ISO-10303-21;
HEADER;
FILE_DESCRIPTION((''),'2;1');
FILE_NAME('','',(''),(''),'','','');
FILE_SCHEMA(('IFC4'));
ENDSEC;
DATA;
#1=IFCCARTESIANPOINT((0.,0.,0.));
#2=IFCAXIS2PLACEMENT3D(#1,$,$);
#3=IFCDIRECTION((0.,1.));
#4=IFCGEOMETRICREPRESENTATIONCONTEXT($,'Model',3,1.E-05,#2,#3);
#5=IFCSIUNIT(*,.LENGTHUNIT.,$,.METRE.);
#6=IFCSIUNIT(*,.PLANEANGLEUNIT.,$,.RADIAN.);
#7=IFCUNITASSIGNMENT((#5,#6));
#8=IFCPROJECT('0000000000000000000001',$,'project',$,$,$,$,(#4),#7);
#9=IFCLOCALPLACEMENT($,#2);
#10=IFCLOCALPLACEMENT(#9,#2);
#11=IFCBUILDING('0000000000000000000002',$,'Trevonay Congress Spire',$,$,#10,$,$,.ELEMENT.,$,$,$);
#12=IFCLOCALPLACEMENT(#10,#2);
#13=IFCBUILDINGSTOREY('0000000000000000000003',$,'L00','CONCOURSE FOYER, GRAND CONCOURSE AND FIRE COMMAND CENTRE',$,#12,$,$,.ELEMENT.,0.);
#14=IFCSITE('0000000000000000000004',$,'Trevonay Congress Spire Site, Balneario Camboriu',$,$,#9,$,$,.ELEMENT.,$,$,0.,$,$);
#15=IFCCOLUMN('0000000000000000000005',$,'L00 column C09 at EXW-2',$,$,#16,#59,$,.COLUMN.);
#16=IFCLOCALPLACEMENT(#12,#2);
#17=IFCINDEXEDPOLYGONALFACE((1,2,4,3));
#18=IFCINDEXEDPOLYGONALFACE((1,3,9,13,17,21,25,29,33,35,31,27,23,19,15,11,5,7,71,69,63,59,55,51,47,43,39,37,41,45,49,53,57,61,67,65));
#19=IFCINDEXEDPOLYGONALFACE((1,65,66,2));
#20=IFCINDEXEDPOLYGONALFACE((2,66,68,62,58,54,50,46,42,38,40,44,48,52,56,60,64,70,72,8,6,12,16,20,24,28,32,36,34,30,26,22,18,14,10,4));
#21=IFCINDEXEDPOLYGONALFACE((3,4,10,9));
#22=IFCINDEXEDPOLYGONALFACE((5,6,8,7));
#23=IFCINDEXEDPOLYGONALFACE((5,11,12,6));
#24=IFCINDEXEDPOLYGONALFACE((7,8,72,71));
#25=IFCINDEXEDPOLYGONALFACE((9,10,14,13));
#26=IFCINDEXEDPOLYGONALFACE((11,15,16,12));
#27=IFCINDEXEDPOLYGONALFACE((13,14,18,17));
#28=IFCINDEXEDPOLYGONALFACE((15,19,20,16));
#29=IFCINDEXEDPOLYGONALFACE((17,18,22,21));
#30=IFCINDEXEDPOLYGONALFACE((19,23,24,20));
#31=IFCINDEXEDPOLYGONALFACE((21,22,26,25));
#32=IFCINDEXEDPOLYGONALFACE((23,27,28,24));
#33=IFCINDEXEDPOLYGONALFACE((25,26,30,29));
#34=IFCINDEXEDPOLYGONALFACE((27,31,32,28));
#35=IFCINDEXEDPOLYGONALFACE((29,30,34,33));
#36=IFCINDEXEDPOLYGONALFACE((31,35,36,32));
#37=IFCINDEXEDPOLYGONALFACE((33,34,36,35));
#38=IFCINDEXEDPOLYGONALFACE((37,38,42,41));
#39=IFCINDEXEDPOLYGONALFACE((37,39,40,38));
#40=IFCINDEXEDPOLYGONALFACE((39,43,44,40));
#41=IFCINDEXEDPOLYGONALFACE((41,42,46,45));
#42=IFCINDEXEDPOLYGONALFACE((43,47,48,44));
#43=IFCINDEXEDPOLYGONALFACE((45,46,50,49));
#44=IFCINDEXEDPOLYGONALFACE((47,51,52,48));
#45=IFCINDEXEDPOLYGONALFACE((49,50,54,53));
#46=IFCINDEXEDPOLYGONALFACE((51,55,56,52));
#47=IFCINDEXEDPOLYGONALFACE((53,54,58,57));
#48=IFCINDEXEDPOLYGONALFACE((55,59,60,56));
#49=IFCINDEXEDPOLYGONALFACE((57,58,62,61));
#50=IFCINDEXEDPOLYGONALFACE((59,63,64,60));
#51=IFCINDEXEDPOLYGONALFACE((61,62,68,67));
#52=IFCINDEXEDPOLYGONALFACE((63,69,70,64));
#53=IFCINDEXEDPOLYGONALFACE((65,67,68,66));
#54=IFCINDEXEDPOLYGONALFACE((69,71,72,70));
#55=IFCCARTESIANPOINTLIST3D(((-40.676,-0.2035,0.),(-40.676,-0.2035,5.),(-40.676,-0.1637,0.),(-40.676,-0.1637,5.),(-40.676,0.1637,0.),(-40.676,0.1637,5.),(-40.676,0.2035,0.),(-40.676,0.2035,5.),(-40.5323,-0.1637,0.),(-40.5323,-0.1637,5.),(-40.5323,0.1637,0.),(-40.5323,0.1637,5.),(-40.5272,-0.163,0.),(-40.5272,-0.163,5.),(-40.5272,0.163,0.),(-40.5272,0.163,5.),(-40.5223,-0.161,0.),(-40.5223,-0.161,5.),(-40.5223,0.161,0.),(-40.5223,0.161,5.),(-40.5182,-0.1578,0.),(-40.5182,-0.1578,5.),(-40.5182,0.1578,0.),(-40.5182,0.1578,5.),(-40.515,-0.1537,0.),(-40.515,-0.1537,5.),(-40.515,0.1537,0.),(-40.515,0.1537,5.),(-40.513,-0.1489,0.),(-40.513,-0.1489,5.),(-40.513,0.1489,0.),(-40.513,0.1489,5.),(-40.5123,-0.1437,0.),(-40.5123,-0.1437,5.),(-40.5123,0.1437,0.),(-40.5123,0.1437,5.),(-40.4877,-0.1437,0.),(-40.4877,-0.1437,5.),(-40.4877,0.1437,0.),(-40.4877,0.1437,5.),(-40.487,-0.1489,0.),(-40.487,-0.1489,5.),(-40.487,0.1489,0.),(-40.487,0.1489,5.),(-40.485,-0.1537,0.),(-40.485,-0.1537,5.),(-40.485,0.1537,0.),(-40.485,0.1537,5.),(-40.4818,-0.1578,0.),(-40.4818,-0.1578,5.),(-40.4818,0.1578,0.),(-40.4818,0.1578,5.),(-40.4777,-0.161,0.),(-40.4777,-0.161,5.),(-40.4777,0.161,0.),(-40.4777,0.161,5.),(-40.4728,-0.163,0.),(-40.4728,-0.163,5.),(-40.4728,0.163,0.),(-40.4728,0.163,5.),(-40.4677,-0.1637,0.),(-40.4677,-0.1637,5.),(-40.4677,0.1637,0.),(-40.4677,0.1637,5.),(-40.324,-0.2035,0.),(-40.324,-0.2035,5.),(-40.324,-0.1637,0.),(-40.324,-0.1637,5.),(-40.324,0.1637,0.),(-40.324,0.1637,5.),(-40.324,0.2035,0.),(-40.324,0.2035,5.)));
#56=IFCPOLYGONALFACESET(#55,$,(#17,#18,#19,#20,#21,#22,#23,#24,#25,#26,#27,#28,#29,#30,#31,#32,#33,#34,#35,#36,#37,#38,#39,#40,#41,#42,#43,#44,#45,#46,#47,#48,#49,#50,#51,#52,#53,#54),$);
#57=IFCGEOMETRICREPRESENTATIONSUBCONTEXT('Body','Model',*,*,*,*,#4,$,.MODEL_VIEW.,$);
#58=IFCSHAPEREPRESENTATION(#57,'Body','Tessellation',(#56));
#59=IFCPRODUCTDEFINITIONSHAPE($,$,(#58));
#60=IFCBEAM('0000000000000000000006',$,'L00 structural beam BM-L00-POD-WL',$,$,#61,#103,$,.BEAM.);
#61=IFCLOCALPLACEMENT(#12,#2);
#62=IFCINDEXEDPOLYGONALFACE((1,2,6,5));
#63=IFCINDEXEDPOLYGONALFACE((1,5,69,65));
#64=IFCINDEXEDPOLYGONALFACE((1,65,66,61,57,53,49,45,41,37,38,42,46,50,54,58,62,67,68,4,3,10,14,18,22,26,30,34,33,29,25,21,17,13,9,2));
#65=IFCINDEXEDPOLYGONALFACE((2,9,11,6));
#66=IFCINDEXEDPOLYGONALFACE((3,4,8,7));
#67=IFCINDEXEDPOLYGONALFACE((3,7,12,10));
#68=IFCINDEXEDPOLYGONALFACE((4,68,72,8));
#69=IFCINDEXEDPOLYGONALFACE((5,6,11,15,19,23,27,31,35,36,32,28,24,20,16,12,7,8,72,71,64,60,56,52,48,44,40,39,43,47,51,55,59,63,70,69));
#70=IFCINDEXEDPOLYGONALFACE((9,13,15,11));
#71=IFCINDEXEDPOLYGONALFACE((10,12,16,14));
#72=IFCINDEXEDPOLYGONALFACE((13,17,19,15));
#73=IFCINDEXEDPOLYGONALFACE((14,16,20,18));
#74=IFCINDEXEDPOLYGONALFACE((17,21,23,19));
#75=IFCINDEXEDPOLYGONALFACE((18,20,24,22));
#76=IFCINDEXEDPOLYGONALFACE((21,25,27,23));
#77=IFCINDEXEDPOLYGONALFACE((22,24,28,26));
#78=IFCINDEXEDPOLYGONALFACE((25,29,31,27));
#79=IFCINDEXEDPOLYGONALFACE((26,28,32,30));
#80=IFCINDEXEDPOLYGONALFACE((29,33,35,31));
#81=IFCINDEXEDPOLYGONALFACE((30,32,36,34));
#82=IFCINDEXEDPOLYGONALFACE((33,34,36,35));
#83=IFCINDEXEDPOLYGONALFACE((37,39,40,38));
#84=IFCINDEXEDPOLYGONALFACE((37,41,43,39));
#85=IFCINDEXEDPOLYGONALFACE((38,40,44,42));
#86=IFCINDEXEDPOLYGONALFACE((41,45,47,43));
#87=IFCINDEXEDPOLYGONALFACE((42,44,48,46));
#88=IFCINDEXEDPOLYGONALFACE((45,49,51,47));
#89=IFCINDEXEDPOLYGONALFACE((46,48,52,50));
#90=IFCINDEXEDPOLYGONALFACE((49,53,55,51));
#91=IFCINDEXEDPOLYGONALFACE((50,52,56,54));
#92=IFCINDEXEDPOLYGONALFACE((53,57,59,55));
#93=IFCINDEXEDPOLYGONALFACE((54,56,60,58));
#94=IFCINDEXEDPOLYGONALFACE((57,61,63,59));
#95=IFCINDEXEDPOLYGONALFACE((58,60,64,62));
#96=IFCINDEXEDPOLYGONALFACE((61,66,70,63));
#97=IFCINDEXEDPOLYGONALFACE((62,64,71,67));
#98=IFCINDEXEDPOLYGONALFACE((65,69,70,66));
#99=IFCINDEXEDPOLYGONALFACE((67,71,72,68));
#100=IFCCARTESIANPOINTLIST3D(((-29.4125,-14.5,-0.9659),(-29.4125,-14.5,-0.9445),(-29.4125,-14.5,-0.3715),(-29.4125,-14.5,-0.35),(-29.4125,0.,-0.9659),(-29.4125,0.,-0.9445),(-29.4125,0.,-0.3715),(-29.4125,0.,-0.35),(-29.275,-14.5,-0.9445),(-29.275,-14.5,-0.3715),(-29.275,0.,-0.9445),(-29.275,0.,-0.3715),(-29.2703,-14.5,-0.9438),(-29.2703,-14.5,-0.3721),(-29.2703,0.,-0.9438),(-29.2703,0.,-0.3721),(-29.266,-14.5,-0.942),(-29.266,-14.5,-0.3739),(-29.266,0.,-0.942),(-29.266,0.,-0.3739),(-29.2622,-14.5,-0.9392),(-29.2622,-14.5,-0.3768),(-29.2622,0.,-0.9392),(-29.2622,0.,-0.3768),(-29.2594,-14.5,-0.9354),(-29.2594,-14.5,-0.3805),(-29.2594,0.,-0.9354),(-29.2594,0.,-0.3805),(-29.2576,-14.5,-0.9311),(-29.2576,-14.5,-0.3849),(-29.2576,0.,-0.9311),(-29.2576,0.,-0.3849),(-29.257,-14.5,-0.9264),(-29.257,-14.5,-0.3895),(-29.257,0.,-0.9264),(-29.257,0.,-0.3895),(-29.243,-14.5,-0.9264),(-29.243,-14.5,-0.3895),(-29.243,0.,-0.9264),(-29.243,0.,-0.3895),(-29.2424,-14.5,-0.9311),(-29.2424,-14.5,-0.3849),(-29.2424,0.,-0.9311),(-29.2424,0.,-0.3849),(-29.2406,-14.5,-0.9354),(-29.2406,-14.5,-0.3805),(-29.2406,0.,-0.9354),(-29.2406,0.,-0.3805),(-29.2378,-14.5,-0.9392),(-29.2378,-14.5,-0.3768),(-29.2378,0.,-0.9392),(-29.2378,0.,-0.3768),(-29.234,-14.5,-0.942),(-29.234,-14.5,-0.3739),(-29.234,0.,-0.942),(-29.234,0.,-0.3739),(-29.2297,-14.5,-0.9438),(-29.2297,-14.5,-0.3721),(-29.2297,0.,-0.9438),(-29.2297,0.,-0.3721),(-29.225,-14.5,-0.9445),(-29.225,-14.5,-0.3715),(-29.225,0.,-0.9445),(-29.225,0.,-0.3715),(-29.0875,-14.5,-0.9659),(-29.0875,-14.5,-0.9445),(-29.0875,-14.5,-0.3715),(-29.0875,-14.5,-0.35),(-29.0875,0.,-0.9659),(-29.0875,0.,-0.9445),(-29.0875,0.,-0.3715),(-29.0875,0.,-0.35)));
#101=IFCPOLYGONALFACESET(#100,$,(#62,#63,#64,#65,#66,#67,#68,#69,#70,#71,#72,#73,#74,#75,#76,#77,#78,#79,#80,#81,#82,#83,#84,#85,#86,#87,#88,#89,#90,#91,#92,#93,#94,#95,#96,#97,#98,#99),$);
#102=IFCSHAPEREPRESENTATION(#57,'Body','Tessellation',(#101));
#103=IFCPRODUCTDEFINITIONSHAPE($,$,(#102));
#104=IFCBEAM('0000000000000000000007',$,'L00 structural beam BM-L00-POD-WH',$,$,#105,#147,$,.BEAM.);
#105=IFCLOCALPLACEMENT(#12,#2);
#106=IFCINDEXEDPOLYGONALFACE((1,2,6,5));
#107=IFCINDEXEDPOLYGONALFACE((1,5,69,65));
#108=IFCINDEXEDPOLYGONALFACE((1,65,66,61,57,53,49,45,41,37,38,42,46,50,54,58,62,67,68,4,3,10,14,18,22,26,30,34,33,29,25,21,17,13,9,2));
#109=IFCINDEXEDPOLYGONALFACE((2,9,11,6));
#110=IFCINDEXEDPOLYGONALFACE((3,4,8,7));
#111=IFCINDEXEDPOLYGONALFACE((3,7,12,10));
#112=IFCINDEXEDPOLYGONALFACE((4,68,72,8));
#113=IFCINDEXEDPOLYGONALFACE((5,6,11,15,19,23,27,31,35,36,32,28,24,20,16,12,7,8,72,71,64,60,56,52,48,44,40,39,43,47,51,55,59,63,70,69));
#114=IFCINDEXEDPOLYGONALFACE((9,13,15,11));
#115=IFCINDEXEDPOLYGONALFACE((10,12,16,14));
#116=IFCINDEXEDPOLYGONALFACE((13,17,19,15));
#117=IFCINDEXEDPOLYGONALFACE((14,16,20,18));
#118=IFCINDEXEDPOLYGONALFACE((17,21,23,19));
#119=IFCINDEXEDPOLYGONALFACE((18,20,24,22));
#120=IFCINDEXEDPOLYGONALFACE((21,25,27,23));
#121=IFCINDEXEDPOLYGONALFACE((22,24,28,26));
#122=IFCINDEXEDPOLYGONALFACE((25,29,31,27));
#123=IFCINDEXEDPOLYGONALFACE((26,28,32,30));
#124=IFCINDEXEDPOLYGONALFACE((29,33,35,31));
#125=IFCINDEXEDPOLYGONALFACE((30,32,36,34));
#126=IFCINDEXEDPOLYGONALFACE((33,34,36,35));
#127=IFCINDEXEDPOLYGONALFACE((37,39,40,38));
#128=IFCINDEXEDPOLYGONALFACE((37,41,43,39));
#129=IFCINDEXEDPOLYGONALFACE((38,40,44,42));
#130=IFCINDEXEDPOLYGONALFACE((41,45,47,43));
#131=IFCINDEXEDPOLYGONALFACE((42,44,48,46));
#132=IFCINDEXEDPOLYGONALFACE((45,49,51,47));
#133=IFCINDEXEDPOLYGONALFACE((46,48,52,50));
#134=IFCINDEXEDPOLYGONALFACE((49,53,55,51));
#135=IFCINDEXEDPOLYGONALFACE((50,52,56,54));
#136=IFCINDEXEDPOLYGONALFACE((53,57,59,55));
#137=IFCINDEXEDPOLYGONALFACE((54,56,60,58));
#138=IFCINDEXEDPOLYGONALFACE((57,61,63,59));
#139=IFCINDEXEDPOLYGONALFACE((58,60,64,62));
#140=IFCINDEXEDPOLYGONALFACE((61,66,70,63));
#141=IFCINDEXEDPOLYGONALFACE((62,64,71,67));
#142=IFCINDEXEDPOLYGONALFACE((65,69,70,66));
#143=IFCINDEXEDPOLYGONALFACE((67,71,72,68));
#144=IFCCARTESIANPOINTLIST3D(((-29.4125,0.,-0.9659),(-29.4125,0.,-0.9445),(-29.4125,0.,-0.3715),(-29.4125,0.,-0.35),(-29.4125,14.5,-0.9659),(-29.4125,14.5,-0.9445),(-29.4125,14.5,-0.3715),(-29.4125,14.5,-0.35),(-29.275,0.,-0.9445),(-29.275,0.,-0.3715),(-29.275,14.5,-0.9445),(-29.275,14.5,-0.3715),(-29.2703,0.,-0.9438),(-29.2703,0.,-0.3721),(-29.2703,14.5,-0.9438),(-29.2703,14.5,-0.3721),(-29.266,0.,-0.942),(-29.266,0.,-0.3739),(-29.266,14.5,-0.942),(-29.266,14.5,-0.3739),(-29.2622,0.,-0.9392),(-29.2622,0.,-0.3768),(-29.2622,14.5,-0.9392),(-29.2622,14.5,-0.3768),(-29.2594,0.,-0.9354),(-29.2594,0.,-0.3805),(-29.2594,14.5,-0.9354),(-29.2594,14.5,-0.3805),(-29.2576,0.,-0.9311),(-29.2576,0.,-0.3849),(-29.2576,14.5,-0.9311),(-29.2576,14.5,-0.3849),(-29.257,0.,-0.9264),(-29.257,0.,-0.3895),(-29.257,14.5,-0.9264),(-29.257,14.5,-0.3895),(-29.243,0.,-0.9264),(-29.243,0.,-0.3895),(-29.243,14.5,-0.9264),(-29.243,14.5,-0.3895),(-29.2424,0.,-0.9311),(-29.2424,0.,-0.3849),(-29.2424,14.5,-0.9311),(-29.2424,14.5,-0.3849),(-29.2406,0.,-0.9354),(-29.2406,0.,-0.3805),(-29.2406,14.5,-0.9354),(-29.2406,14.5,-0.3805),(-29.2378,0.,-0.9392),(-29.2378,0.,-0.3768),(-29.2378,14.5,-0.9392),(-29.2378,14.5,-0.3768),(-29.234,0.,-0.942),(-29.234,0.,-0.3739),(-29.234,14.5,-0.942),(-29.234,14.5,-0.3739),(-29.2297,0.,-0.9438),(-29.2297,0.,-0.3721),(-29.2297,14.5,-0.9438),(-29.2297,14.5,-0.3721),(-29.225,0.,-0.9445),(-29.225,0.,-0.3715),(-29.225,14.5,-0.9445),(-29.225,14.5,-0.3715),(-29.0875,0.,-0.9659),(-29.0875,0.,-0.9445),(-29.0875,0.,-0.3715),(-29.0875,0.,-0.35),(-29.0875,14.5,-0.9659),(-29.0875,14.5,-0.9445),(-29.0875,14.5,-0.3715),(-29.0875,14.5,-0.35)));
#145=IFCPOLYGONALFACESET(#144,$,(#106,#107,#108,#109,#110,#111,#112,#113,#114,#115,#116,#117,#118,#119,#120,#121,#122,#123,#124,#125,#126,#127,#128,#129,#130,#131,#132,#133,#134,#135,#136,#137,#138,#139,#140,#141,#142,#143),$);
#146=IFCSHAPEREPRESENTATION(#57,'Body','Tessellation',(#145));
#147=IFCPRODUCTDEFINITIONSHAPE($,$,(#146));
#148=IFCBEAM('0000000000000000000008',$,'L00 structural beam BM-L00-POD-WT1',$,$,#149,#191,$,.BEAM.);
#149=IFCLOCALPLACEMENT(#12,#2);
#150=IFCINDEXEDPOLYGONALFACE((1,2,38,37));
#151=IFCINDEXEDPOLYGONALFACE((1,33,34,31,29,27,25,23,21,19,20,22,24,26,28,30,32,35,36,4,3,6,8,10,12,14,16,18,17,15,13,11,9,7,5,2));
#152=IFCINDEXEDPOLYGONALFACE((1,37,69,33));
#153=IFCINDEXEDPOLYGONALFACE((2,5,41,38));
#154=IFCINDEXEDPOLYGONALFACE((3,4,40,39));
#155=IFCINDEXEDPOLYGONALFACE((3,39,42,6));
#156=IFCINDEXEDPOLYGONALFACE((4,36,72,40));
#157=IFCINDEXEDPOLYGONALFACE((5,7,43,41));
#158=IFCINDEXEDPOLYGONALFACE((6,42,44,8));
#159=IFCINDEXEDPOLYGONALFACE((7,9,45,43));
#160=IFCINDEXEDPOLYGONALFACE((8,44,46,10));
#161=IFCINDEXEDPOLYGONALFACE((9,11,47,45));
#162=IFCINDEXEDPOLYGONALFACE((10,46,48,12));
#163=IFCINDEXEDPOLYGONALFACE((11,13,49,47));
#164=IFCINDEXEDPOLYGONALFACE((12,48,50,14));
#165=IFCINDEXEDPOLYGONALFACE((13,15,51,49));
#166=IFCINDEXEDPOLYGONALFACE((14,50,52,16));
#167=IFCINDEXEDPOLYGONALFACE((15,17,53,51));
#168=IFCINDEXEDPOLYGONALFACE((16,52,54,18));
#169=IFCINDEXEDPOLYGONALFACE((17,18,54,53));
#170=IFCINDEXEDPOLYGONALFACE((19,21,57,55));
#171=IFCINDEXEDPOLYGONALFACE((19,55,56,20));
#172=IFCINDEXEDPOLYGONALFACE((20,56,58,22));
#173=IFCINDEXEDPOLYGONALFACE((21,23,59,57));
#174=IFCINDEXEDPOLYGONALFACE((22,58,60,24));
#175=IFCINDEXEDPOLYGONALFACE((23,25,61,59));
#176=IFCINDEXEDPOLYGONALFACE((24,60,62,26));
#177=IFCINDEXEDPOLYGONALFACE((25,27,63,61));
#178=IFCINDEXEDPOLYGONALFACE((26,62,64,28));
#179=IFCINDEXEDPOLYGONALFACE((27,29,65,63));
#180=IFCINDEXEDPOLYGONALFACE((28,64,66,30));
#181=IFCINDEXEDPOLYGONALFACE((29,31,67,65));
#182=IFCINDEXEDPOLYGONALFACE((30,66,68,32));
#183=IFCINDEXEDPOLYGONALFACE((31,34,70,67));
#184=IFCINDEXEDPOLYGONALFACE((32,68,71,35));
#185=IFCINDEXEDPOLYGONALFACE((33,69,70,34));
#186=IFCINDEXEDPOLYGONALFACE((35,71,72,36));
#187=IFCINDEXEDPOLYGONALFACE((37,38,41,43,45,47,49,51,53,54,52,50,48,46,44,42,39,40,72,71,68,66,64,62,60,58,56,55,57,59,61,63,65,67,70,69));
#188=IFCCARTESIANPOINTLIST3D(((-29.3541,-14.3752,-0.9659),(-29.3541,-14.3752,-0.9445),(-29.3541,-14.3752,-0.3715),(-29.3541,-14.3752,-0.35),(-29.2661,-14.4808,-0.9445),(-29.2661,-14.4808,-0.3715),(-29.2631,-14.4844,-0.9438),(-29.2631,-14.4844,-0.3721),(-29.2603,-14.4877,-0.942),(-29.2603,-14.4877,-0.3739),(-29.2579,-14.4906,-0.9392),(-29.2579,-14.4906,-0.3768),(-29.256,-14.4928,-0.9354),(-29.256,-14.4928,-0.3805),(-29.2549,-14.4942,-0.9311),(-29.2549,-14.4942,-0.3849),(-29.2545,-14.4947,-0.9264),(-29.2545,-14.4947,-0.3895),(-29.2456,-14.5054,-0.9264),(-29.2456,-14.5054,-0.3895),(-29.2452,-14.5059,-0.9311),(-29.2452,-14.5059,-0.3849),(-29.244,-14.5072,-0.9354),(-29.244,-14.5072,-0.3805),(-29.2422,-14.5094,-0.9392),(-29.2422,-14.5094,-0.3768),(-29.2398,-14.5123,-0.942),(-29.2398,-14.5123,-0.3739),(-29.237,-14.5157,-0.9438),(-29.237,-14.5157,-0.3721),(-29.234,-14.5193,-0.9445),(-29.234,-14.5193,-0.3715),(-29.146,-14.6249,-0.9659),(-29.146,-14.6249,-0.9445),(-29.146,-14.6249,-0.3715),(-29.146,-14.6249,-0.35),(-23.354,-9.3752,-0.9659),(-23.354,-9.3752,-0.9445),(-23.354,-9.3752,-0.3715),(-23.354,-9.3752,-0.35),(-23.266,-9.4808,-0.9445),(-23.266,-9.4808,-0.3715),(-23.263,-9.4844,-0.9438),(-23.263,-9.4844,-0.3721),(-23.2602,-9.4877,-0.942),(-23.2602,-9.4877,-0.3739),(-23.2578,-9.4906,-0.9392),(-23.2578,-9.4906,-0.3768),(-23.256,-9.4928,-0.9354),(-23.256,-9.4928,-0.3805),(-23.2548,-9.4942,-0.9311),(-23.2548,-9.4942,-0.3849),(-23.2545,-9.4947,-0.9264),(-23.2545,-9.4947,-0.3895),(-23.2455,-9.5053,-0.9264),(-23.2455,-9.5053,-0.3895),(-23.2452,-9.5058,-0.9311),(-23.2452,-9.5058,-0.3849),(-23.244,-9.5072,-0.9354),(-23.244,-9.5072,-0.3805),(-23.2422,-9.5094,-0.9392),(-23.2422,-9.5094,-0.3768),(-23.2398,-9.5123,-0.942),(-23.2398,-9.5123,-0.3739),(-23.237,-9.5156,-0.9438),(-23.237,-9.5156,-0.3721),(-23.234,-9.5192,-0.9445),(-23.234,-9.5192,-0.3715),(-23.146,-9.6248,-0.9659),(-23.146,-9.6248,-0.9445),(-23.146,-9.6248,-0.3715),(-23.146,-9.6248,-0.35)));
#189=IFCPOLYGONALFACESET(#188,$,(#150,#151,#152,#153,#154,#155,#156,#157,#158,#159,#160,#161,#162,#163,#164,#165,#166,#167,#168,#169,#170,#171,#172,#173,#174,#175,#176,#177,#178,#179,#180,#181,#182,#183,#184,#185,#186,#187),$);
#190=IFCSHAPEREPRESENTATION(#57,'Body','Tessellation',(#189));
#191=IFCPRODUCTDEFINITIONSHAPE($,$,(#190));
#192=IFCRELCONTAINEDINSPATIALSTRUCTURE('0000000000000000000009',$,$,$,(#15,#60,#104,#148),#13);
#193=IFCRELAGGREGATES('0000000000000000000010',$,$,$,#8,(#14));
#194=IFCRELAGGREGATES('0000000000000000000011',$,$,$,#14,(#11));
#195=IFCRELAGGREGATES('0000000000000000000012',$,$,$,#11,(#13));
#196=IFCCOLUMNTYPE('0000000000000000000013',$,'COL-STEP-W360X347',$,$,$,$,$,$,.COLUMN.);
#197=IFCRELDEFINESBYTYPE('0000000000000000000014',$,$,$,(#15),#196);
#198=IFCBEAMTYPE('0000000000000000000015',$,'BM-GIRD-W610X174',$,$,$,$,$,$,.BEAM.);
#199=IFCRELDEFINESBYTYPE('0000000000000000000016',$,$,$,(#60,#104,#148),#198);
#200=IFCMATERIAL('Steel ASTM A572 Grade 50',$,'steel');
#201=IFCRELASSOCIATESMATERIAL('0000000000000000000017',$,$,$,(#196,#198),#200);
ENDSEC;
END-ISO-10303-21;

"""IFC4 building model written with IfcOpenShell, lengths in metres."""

from ifc_helpers import new_model, si_unit, direction, frame, origin, origin_2d, place, context, subcontext, project, spatial, i_section, extrude, material, material_profile, profile_set, type_object, element, save


model = new_model("IFC4")

# Units and contexts
model_context = context("Model", 3, precision=1e-05, world=origin(), true_north=direction((0.0, 1.0)))
body_context = subcontext(model_context, "Body", "Model", "MODEL_VIEW")
ifc_project = project(units=[si_unit("LENGTHUNIT", "METRE"), si_unit("PLANEANGLEUNIT", "RADIAN")], contexts=[model_context])

# Site, building, storey
site_placement = place(None, origin())
site = spatial("IfcSite", under=ifc_project, at=site_placement, Name="Trevonay Congress Spire Site, Balneario Camboriu", CompositionType="ELEMENT", RefElevation=0.0)
building_placement = place(site_placement, origin())
building = spatial("IfcBuilding", under=site, at=building_placement, Name="Trevonay Congress Spire", CompositionType="ELEMENT")
storey_placement = place(building_placement, origin())
storey = spatial("IfcBuildingStorey", under=building, at=storey_placement, Name="L00", Description="CONCOURSE FOYER, GRAND CONCOURSE AND FIRE COMMAND CENTRE", CompositionType="ELEMENT", Elevation=0.0)

# Column
ifc_material_1 = material(Name="Steel ASTM A572 Grade 50", Category="steel")
ifc_material_profile_1 = material_profile(ifc_material_1, i_section(OverallWidth=0.3521, OverallDepth=0.407, WebThickness=0.0247, FlangeThickness=0.0398, FilletRadius=0.02, at=origin_2d()), Name="W360x347")
ifc_profile_set_1 = profile_set([ifc_material_profile_1], Name="Steel ASTM A572 Grade 50")
column_type_1 = type_object("IfcColumnType", Name="COL-STEP-W360X347", PredefinedType="COLUMN", material=ifc_profile_set_1)
for number, where, z_axis, x_axis, name in (
    (1, (-40.5, 0.0, 0.0), (0.0, 0.0, 1.0), (1.0, 0.0, 0.0), "L00 column C09 at EXW-2"),
):
    element("IfcColumn", number, at=place(storey_placement, frame(where, z_axis=z_axis, x_axis=x_axis)), inside=storey, type_object=column_type_1, Name=name, PredefinedType="COLUMN", context=body_context, shape_type="SweptSolid", body=[
        extrude(i_section(OverallWidth=0.3521, OverallDepth=0.407, WebThickness=0.0247, FlangeThickness=0.0398, FilletRadius=0.02, at=origin_2d()), origin(), (0.0, 0.0, 1.0), 5.0),
    ])

# Beams
ifc_material_profile_2 = material_profile(ifc_material_1, i_section(OverallWidth=0.325, OverallDepth=0.616, WebThickness=0.0139, FlangeThickness=0.0215, FilletRadius=0.0181, at=origin_2d()), Name="W610x174")
ifc_profile_set_2 = profile_set([ifc_material_profile_2], Name="Steel ASTM A572 Grade 50")
beam_type_1 = type_object("IfcBeamType", Name="BM-GIRD-W610X174", PredefinedType="BEAM", material=ifc_profile_set_2)
for number, where, z_axis, x_axis, name in (
    (2, (-29.25, -14.5, -0.658), (0.0, 1.0, 0.0), (-1.0, 0.0, 0.0), "L00 structural beam BM-L00-POD-WL"),
    (3, (-29.25, 0.0, -0.658), (0.0, 1.0, 0.0), (-1.0, 0.0, 0.0), "L00 structural beam BM-L00-POD-WH"),
):
    element("IfcBeam", number, at=place(storey_placement, frame(where, z_axis=z_axis, x_axis=x_axis)), inside=storey, type_object=beam_type_1, Name=name, PredefinedType="BEAM", context=body_context, shape_type="SweptSolid", body=[
        extrude(i_section(OverallWidth=0.325, OverallDepth=0.616, WebThickness=0.0139, FlangeThickness=0.0215, FilletRadius=0.0181, at=origin_2d()), origin(), (0.0, 0.0, 1.0), 14.5),
    ])
beam_1_placement = place(storey_placement, frame((-23.25, -9.5, -0.658), z_axis=(-0.768221, -0.640184, 0.0), x_axis=(0.640184, -0.768221, 0.0)))
element("IfcBeam", 4, at=beam_1_placement, inside=storey, type_object=beam_type_1, Name="L00 structural beam BM-L00-POD-WT1", PredefinedType="BEAM", context=body_context, shape_type="SweptSolid", body=[
    extrude(i_section(OverallWidth=0.325, OverallDepth=0.616, WebThickness=0.0139, FlangeThickness=0.0215, FilletRadius=0.0181, at=origin_2d()), origin(), (0.0, 0.0, 1.0), 7.8103),
])

save(model, "model.ifc")
